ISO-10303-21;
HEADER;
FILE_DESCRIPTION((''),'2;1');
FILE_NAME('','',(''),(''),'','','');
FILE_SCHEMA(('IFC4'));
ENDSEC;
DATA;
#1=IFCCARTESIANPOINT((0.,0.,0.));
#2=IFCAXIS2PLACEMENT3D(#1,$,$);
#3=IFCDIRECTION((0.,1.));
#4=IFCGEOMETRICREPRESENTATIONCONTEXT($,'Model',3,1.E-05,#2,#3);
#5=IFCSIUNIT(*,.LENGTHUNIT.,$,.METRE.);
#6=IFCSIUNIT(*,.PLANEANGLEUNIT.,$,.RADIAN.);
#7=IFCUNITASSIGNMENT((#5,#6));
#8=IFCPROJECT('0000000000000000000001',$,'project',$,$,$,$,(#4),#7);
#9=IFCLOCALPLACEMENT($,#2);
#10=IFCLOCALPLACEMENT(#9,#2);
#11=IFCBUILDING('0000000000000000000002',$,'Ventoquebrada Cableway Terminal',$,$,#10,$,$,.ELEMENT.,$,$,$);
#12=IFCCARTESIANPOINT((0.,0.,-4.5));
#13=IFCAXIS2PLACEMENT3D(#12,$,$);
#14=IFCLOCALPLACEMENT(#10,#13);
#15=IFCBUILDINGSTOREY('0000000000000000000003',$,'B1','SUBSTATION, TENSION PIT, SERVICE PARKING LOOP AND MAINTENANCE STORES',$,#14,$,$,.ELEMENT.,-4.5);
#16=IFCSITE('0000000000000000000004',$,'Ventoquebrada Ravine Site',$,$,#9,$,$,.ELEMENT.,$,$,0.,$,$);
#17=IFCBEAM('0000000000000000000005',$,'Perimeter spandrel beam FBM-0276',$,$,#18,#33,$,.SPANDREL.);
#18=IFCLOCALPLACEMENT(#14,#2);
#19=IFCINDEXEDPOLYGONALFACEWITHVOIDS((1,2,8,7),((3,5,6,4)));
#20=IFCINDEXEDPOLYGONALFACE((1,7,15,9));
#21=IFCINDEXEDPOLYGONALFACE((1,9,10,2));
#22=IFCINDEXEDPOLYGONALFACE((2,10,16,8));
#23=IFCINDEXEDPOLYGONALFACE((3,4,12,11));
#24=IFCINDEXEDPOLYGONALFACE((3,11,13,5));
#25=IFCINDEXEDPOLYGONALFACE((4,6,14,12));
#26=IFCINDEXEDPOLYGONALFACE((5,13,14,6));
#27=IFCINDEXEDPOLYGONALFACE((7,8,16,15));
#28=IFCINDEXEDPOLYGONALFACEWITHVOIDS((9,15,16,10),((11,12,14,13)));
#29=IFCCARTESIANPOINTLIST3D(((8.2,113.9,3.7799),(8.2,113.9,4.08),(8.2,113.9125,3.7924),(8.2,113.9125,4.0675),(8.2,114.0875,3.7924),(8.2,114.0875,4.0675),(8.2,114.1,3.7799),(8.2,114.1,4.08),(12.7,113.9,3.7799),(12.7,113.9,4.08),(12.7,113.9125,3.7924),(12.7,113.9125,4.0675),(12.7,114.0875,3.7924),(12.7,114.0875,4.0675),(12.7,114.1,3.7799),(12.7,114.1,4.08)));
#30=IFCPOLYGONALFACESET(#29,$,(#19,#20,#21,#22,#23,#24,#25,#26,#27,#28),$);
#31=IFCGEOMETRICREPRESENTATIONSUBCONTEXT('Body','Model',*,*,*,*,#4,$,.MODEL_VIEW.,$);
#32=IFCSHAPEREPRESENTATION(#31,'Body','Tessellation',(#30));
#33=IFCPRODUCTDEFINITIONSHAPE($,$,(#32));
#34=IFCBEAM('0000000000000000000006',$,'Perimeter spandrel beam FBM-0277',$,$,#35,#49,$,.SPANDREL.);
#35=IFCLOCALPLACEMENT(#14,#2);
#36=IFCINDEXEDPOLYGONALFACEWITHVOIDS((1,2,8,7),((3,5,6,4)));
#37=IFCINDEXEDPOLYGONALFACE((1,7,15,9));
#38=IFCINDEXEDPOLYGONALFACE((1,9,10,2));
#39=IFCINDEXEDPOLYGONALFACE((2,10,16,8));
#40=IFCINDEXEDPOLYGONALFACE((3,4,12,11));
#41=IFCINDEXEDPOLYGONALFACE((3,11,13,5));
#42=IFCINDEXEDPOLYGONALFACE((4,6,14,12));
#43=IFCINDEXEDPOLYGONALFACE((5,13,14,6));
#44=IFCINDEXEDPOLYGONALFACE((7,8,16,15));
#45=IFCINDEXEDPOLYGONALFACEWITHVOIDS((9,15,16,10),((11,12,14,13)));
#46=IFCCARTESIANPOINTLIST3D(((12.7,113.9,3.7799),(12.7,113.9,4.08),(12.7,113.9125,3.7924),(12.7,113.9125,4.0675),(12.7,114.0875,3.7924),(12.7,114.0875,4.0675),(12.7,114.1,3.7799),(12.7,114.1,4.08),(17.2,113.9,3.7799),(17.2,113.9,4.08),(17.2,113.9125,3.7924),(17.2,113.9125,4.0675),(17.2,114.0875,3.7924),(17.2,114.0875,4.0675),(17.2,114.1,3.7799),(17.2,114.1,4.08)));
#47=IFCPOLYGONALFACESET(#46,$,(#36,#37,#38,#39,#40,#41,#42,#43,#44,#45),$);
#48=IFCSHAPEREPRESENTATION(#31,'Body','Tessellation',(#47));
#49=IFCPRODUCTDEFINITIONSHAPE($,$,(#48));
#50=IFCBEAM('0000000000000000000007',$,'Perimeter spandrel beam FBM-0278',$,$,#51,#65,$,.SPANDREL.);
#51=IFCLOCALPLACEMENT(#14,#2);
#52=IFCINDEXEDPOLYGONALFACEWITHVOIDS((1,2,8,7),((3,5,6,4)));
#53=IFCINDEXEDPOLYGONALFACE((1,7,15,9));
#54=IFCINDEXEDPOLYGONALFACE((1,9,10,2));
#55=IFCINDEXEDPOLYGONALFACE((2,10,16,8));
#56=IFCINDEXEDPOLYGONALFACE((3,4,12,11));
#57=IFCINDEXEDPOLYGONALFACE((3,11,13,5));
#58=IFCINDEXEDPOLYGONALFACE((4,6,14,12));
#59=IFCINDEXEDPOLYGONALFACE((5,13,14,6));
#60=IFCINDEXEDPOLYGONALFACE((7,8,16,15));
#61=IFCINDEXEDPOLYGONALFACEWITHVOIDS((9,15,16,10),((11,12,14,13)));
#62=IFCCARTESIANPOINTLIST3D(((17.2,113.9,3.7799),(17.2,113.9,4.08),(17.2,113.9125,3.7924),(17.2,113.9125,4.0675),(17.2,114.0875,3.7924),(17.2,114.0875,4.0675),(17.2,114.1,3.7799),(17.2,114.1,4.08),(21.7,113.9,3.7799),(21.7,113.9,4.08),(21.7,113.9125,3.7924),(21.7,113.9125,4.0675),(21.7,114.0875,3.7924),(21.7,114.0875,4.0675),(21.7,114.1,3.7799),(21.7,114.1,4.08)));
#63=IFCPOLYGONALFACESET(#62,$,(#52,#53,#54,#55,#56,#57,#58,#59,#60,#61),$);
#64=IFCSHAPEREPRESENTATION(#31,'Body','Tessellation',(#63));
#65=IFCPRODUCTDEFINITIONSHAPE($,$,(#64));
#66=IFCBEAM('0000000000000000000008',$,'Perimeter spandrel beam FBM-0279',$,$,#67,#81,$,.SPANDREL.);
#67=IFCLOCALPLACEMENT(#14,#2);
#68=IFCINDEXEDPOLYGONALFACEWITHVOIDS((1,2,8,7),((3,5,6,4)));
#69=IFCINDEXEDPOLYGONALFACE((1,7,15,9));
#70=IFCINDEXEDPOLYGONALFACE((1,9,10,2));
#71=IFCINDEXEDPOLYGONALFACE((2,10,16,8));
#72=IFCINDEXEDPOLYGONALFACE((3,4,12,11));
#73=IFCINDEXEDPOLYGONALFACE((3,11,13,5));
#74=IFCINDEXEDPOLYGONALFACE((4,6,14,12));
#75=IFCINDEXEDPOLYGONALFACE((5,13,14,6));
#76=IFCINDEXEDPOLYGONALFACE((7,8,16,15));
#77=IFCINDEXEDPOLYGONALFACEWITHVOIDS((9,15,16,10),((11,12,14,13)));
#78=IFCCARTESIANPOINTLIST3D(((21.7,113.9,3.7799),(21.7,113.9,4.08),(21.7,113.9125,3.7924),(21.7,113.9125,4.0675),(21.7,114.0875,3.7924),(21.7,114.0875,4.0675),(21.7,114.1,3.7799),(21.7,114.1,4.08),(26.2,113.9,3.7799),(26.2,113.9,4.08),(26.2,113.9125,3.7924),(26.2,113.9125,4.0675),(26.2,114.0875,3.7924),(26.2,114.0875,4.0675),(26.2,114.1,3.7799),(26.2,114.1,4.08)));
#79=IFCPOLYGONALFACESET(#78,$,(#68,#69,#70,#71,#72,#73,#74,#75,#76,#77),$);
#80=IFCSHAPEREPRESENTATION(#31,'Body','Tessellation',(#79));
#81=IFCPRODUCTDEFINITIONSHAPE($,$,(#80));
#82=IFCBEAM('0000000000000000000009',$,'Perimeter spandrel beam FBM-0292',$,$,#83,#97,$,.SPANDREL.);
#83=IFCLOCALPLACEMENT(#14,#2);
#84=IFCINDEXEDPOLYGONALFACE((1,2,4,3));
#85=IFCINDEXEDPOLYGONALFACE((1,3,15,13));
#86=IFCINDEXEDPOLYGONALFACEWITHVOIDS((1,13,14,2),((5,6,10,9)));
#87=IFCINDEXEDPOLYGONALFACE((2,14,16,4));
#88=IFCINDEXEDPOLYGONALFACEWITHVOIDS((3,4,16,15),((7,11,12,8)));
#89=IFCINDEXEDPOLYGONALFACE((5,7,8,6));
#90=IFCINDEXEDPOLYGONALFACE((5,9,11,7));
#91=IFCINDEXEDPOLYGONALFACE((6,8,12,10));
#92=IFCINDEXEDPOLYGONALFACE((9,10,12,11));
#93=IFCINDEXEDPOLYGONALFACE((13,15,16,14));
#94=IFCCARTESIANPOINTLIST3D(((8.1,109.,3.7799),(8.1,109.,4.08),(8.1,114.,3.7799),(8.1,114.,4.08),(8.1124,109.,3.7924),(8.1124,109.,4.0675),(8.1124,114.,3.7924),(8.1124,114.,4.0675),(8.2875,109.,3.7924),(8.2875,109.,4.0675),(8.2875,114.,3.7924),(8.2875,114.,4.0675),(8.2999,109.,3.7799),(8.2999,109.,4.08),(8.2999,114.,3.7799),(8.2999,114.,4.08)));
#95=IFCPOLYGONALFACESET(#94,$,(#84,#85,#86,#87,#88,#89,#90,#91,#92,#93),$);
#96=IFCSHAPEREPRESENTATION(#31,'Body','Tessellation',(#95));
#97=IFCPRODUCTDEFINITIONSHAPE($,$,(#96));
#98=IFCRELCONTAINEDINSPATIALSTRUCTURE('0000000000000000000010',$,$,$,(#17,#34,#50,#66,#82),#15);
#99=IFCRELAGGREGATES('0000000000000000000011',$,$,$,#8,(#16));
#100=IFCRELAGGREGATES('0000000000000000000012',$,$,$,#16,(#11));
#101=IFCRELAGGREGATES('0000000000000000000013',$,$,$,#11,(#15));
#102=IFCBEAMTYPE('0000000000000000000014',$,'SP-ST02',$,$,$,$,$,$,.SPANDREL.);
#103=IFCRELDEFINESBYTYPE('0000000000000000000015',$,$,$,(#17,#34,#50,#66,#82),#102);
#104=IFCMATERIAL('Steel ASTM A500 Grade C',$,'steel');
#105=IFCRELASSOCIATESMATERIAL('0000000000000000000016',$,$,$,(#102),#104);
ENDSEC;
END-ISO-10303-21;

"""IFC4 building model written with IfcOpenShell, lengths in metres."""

from ifc_helpers import new_model, si_unit, direction, frame, origin, origin_2d, place, context, subcontext, project, spatial, hollow_rectangle, extrude, material, material_profile, profile_set, type_object, element, save


model = new_model("IFC4")

# Units and contexts
model_context = context("Model", 3, precision=1e-05, world=origin(), true_north=direction((0.0, 1.0)))
body_context = subcontext(model_context, "Body", "Model", "MODEL_VIEW")
ifc_project = project(units=[si_unit("LENGTHUNIT", "METRE"), si_unit("PLANEANGLEUNIT", "RADIAN")], contexts=[model_context])

# Site, building, storey
site_placement = place(None, origin())
site = spatial("IfcSite", under=ifc_project, at=site_placement, Name="Ventoquebrada Ravine Site", CompositionType="ELEMENT", RefElevation=0.0)
building_placement = place(site_placement, origin())
building = spatial("IfcBuilding", under=site, at=building_placement, Name="Ventoquebrada Cableway Terminal", CompositionType="ELEMENT")
storey_placement = place(building_placement, frame((0.0, 0.0, -4.5)))
storey = spatial("IfcBuildingStorey", under=building, at=storey_placement, Name="B1", Description="SUBSTATION, TENSION PIT, SERVICE PARKING LOOP AND MAINTENANCE STORES", CompositionType="ELEMENT", Elevation=-4.5)

# Beams
ifc_material_1 = material(Name="Steel ASTM A500 Grade C", Category="steel")
ifc_material_profile_1 = material_profile(ifc_material_1, hollow_rectangle(XDim=0.2, YDim=0.3, WallThickness=0.0125, at=origin_2d()), Name="RHS300X200X12.5")
ifc_profile_set_1 = profile_set([ifc_material_profile_1], Name="Steel ASTM A500 Grade C")
beam_type = type_object("IfcBeamType", Name="SP-ST02", PredefinedType="SPANDREL", material=ifc_profile_set_1)
for number, where, z_axis, x_axis, name in (
    (1, (8.2, 114.0, 3.9299), (1.0, 0.0, 0.0), (0.0, 1.0, 0.0), "Perimeter spandrel beam FBM-0276"),
    (2, (12.7, 114.0, 3.9299), (1.0, 0.0, 0.0), (0.0, 1.0, 0.0), "Perimeter spandrel beam FBM-0277"),
    (3, (17.2, 114.0, 3.9299), (1.0, 0.0, 0.0), (0.0, 1.0, 0.0), "Perimeter spandrel beam FBM-0278"),
    (4, (21.7, 114.0, 3.9299), (1.0, 0.0, 0.0), (0.0, 1.0, 0.0), "Perimeter spandrel beam FBM-0279"),
):
    element("IfcBeam", number, at=place(storey_placement, frame(where, z_axis=z_axis, x_axis=x_axis)), inside=storey, type_object=beam_type, Name=name, PredefinedType="SPANDREL", context=body_context, shape_type="SweptSolid", body=[
        extrude(hollow_rectangle(XDim=0.2, YDim=0.3, WallThickness=0.0125, at=origin_2d()), origin(), (0.0, 0.0, 1.0), 4.5),
    ])
beam_placement = place(storey_placement, frame((8.2, 109.0, 3.9299), z_axis=(0.0, 1.0, 0.0), x_axis=(-1.0, 0.0, 0.0)))
element("IfcBeam", 5, at=beam_placement, inside=storey, type_object=beam_type, Name="Perimeter spandrel beam FBM-0292", PredefinedType="SPANDREL", context=body_context, shape_type="SweptSolid", body=[
    extrude(hollow_rectangle(XDim=0.2, YDim=0.3, WallThickness=0.0125, at=origin_2d()), origin(), (0.0, 0.0, 1.0), 5.0),
])

save(model, "model.ifc")
